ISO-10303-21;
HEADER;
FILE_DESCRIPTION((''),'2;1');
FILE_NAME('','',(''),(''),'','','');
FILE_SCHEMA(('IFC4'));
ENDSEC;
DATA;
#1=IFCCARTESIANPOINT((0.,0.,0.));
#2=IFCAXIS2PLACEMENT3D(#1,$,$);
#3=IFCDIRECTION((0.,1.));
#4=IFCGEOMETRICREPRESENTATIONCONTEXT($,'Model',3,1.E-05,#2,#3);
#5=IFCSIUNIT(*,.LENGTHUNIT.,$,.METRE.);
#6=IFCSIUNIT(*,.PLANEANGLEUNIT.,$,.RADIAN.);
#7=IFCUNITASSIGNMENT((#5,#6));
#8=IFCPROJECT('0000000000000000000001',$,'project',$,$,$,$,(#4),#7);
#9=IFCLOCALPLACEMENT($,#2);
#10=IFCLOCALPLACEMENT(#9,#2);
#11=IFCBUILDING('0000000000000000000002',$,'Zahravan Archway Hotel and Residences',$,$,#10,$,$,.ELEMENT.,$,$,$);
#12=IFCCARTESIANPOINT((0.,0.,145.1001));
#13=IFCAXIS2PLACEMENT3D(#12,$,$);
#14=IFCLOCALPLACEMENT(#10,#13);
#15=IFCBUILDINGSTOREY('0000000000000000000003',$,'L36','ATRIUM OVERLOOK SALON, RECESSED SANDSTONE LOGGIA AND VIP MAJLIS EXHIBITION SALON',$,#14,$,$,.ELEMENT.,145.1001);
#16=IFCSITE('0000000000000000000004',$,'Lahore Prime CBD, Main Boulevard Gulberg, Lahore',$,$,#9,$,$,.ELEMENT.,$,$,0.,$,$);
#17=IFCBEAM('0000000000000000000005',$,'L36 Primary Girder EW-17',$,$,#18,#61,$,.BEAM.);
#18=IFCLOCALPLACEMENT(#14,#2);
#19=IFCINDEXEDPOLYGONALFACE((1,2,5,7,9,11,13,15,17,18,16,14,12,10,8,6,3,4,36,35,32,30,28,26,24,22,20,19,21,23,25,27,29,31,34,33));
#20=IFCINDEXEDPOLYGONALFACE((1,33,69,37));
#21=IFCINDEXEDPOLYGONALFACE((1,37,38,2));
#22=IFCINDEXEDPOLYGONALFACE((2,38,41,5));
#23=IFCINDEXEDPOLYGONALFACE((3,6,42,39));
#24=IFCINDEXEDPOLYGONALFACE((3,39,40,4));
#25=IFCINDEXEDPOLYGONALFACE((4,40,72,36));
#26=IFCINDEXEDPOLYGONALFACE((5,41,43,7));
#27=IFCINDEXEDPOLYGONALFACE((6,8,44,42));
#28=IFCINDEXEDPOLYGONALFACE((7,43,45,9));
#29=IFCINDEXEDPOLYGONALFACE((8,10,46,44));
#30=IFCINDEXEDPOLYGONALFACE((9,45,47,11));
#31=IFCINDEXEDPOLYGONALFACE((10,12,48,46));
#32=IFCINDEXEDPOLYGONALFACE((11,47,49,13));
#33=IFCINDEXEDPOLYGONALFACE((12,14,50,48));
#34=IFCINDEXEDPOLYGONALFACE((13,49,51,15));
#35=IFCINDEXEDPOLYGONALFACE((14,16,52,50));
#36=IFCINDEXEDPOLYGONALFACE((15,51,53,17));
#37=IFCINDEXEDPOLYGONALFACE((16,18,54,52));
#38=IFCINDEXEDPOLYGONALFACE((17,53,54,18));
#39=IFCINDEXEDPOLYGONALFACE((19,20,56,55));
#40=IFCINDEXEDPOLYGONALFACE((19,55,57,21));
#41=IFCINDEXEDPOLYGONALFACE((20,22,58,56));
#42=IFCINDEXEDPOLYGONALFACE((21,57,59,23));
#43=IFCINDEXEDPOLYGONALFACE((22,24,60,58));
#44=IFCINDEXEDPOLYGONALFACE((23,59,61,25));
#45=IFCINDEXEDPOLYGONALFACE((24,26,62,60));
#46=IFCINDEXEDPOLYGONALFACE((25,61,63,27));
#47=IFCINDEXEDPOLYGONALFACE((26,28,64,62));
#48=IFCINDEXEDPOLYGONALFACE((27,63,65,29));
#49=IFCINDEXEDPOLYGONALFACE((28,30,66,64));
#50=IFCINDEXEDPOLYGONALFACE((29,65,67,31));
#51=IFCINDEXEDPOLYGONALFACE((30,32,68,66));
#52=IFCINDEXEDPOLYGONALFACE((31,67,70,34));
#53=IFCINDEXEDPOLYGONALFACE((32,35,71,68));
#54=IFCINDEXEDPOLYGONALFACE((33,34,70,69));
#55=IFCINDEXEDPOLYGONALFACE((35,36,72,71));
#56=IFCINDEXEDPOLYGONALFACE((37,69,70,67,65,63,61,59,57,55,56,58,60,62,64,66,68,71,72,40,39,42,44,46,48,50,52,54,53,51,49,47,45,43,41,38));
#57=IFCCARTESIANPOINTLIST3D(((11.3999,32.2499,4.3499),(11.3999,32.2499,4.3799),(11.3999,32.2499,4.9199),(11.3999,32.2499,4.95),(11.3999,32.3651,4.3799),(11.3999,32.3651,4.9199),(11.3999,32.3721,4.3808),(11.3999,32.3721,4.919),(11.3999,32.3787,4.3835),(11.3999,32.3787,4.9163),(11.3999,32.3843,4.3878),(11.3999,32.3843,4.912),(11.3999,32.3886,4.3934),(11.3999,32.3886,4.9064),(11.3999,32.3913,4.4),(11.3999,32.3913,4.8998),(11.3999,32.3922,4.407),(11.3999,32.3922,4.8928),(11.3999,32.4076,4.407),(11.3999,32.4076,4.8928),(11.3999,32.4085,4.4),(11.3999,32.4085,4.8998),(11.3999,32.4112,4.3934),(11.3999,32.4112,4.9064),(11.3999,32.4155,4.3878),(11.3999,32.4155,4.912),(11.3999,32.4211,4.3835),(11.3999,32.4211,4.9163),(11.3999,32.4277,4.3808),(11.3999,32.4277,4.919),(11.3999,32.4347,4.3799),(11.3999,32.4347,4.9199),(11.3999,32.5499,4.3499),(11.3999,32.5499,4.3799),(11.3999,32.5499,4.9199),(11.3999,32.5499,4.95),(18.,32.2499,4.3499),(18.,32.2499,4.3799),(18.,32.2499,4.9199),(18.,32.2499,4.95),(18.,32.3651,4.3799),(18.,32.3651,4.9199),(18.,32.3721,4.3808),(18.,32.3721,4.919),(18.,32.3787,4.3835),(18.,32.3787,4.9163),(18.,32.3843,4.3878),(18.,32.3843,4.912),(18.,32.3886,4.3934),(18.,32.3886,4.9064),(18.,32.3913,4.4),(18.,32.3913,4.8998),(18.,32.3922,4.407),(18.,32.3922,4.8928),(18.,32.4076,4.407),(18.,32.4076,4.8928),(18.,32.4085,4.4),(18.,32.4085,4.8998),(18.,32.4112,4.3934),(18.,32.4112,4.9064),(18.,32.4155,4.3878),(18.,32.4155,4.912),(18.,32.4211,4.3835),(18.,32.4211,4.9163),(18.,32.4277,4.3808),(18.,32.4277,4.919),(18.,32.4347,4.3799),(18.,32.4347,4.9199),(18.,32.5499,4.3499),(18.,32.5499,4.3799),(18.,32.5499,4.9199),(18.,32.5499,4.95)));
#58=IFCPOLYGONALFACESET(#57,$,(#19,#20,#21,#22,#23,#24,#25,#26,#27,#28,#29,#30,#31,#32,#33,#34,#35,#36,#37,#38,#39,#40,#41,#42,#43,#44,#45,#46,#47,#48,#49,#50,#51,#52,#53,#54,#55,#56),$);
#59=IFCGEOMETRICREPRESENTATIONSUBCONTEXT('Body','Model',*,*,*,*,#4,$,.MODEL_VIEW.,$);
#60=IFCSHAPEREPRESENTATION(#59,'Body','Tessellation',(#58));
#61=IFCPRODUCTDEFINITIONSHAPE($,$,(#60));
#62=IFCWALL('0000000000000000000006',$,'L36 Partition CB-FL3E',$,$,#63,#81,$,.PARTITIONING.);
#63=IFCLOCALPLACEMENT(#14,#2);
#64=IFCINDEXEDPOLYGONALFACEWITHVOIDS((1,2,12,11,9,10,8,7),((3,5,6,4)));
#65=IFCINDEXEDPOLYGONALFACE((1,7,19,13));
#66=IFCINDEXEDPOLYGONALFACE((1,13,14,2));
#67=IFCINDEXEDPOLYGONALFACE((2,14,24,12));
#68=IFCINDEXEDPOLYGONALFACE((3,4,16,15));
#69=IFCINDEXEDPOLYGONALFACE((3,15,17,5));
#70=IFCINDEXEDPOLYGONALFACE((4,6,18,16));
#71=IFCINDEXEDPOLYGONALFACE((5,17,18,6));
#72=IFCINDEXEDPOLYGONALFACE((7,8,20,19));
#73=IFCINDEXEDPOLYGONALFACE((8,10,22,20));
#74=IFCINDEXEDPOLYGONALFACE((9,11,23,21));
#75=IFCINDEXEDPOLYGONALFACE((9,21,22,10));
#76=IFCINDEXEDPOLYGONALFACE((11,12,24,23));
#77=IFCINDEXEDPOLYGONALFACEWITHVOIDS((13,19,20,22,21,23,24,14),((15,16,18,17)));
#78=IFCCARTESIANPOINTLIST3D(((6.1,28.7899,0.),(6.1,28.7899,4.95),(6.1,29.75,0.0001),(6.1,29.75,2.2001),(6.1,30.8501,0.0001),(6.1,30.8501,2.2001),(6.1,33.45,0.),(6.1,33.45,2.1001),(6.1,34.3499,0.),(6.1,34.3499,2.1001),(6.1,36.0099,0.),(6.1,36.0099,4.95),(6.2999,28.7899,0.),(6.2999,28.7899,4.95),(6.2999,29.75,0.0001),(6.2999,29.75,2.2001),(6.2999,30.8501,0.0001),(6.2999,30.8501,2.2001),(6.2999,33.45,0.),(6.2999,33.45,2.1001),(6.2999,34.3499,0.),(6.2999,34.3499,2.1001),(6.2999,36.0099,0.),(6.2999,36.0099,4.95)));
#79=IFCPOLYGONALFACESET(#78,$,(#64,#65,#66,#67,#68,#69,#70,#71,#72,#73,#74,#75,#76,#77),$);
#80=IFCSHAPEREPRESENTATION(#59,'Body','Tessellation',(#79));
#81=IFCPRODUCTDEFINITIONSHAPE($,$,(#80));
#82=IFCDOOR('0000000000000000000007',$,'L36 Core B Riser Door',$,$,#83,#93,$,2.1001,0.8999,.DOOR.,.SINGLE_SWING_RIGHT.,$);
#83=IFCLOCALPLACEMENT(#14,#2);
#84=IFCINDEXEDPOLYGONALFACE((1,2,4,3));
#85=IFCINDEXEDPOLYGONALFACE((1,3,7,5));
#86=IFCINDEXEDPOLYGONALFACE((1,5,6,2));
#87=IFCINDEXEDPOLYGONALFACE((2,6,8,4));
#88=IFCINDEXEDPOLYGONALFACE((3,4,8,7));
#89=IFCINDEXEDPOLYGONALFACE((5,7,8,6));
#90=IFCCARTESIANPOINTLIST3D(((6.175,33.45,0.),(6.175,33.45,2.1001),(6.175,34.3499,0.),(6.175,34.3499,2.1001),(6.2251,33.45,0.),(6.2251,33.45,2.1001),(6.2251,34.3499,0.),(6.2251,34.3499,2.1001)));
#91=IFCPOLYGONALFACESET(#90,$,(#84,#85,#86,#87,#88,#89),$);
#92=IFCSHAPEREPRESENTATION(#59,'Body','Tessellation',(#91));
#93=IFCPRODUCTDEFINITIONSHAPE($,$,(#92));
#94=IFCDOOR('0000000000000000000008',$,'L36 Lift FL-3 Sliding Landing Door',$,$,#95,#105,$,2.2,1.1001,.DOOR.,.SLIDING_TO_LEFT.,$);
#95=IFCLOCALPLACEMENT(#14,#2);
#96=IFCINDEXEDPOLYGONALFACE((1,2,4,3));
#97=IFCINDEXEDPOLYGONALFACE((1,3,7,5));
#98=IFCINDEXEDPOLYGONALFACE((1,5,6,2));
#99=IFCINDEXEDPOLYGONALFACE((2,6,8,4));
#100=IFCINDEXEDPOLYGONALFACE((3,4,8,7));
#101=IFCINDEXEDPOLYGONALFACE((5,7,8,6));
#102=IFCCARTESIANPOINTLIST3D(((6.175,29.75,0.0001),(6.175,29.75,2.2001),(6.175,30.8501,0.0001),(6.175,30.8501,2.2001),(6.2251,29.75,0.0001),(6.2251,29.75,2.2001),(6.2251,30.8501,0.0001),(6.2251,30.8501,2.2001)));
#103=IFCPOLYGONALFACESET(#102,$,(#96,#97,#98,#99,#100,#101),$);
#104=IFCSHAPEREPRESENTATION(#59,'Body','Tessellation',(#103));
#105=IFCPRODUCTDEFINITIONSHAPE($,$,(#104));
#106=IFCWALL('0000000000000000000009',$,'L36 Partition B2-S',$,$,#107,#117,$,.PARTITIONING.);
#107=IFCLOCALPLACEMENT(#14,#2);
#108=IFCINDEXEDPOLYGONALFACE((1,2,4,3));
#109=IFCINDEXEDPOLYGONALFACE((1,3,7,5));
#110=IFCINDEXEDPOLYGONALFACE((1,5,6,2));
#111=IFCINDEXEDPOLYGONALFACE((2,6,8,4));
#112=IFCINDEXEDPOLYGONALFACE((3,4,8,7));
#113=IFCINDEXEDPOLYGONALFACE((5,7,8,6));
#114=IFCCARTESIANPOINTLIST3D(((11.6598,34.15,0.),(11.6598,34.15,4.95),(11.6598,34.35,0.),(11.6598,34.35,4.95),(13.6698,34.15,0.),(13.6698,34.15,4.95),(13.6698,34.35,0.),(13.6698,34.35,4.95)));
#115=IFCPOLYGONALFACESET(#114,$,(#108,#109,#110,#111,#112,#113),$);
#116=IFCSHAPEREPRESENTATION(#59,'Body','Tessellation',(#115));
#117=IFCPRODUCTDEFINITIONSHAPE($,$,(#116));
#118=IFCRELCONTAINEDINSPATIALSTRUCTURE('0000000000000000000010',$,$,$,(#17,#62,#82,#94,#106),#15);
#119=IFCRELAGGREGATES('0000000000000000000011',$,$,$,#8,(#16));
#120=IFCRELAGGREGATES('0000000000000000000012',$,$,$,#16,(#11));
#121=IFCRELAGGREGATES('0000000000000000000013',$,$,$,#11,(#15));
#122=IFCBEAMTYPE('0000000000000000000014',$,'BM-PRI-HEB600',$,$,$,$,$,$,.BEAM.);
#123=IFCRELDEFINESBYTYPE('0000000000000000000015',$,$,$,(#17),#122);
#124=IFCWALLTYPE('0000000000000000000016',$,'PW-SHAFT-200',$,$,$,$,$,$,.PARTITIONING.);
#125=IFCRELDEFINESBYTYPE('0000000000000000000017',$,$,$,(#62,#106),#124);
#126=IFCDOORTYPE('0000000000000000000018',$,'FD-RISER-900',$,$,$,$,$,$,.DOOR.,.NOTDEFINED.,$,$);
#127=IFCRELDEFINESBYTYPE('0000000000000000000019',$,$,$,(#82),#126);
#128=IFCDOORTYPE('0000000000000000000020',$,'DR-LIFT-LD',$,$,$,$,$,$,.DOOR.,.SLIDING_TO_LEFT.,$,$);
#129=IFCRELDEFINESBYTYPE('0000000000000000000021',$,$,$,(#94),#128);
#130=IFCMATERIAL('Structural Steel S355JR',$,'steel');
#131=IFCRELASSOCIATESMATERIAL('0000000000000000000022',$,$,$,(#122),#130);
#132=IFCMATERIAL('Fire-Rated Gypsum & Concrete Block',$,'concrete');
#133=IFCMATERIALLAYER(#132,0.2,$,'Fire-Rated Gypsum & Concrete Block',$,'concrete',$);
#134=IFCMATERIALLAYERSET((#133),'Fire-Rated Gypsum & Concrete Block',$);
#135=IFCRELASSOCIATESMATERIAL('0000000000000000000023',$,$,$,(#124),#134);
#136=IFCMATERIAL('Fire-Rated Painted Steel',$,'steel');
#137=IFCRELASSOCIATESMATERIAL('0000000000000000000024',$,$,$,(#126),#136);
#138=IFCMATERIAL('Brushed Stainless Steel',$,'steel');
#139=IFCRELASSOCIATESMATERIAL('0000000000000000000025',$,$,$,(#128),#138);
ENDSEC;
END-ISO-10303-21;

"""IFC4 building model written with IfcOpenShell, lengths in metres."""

from ifc_helpers import new_model, si_unit, direction, frame, frame_2d, origin, origin_2d, place, context, subcontext, project, spatial, rectangle, i_section, extrude, source, transform, mapped, material, layer, layer_set, material_profile, profile_set, type_object, type_shapes, element, fill, save


model = new_model("IFC4")

# Units and contexts
model_context = context("Model", 3, precision=1e-05, world=origin(), true_north=direction((0.0, 1.0)))
body_context = subcontext(model_context, "Body", "Model", "MODEL_VIEW")
ifc_project = project(units=[si_unit("LENGTHUNIT", "METRE"), si_unit("PLANEANGLEUNIT", "RADIAN")], contexts=[model_context])

# Site, building, storey
site_placement = place(None, origin())
site = spatial("IfcSite", under=ifc_project, at=site_placement, Name="Lahore Prime CBD, Main Boulevard Gulberg, Lahore", CompositionType="ELEMENT", RefElevation=0.0)
building_placement = place(site_placement, origin())
building = spatial("IfcBuilding", under=site, at=building_placement, Name="Zahravan Archway Hotel and Residences", CompositionType="ELEMENT")
storey_placement = place(building_placement, frame((0.0, 0.0, 145.1001)))
storey = spatial("IfcBuildingStorey", under=building, at=storey_placement, Name="L36", Description="ATRIUM OVERLOOK SALON, RECESSED SANDSTONE LOGGIA AND VIP MAJLIS EXHIBITION SALON", CompositionType="ELEMENT", Elevation=145.1001)

# Beam
ifc_material_1 = material(Name="Structural Steel S355JR", Category="steel")
ifc_material_profile = material_profile(ifc_material_1, i_section(OverallWidth=0.3, OverallDepth=0.6001, WebThickness=0.0154, FlangeThickness=0.03, FilletRadius=0.0271, at=origin_2d()), Name="HEB 600", Category="steel")
ifc_profile_set = profile_set([ifc_material_profile], Name="Structural Steel S355JR")
beam_type = type_object("IfcBeamType", Name="BM-PRI-HEB600", PredefinedType="BEAM", material=ifc_profile_set)
shared_shape_1 = source(origin(), body_context, "Body", "SweptSolid", [
    extrude(i_section(OverallWidth=0.3, OverallDepth=0.6001, WebThickness=0.0154, FlangeThickness=0.03, FilletRadius=0.0271, at=origin_2d()), origin(), (0.0, 0.0, 1.0), 6.6001),
])
beam_placement = place(storey_placement, frame((11.3999, 32.3999, 4.6499), z_axis=(1.0, 0.0, 0.0), x_axis=(0.0, 1.0, 0.0)))
element("IfcBeam", 1, at=beam_placement, inside=storey, type_object=beam_type, Name="L36 Primary Girder EW-17", PredefinedType="BEAM", context=body_context, shape_type="MappedRepresentation", body=[
    mapped(shared_shape_1, transform((0.0, 0.0, 0.0), scale=1.0)),
])

# Wall, openings, doors
ifc_material_2 = material(Name="Fire-Rated Gypsum & Concrete Block", Category="concrete")
ifc_layer_1 = layer(ifc_material_2, 0.2, Name="Fire-Rated Gypsum & Concrete Block", Category="concrete")
ifc_layer_set_1 = layer_set([ifc_layer_1], Name="Fire-Rated Gypsum & Concrete Block")
wall_type_1 = type_object("IfcWallType", Name="PW-SHAFT-200", PredefinedType="PARTITIONING", material=ifc_layer_set_1)
wall_1_placement = place(storey_placement, frame((6.2, 28.79, 0.0), z_axis=(0.0, 0.0, 1.0), x_axis=(0.0, 1.0, 0.0)))
wall_1 = element("IfcWall", 2, at=wall_1_placement, inside=storey, type_object=wall_type_1, Name="L36 Partition CB-FL3E", PredefinedType="PARTITIONING", context=body_context, shape_type="SweptSolid", body=[
    extrude(rectangle(XDim=7.22, YDim=0.2, at=frame_2d((3.6099, 0.0))), origin(), (0.0, 0.0, 1.0), 4.95),
])
opening_1_placement = place(wall_1_placement, frame((4.6599, 0.0, 0.0)))
opening_1 = element("IfcOpeningElement", 3, at=opening_1_placement, cuts=wall_1, PredefinedType="OPENING", context=body_context, shape_type="SweptSolid", body=[
    extrude(rectangle(XDim=0.8999, YDim=2.1001, at=frame_2d((0.45, 1.05))), frame((0.0, 0.1099, 0.0), z_axis=(0.0, -1.0, 0.0), x_axis=(1.0, 0.0, 0.0)), (0.0, 0.0, 1.0), 0.22),
])
opening_2_placement = place(wall_1_placement, frame((0.96, 0.0, 0.0)))
opening_2 = element("IfcOpeningElement", 4, at=opening_2_placement, cuts=wall_1, PredefinedType="OPENING", context=body_context, shape_type="SweptSolid", body=[
    extrude(rectangle(XDim=1.1001, YDim=2.2, at=frame_2d((0.55, 1.1001))), frame((0.0, 0.1099, 0.0), z_axis=(0.0, -1.0, 0.0), x_axis=(1.0, 0.0, 0.0)), (0.0, 0.0, 1.0), 0.22),
])
ifc_material_3 = material(Name="Fire-Rated Painted Steel", Category="steel")
door_type_1 = type_object("IfcDoorType", Name="FD-RISER-900", OperationType="NOTDEFINED", PredefinedType="DOOR", material=ifc_material_3)
shared_shape_2 = source(origin(), body_context, "Body", "SweptSolid", [
    extrude(rectangle(XDim=0.8999, YDim=2.1001, at=frame_2d((0.45, 1.05))), frame((0.0, 0.0249, 0.0), z_axis=(0.0, -1.0, 0.0), x_axis=(1.0, 0.0, 0.0)), (0.0, 0.0, 1.0), 0.05),
])
type_shapes(door_type_1, [shared_shape_2])
door_1_placement = place(opening_1_placement, origin())
door_1 = element("IfcDoor", 5, at=door_1_placement, inside=storey, type_object=door_type_1, Name="L36 Core B Riser Door", OperationType="SINGLE_SWING_RIGHT", OverallHeight=2.1001, OverallWidth=0.8999, PredefinedType="DOOR", context=body_context, shape_type="MappedRepresentation", body=[
    mapped(shared_shape_2, transform((0.0, 0.0, 0.0), scale=1.0)),
])
fill(opening_1, door_1)
ifc_material_4 = material(Name="Brushed Stainless Steel", Category="steel")
door_type_2 = type_object("IfcDoorType", Name="DR-LIFT-LD", OperationType="SLIDING_TO_LEFT", PredefinedType="DOOR", material=ifc_material_4)
shared_shape_3 = source(origin(), body_context, "Body", "SweptSolid", [
    extrude(rectangle(XDim=1.1001, YDim=2.2, at=frame_2d((0.55, 1.1001))), frame((0.0, 0.0249, 0.0), z_axis=(0.0, -1.0, 0.0), x_axis=(1.0, 0.0, 0.0)), (0.0, 0.0, 1.0), 0.05),
])
type_shapes(door_type_2, [shared_shape_3])
door_2_placement = place(opening_2_placement, origin())
door_2 = element("IfcDoor", 6, at=door_2_placement, inside=storey, type_object=door_type_2, Name="L36 Lift FL-3 Sliding Landing Door", OperationType="SLIDING_TO_LEFT", OverallHeight=2.2, OverallWidth=1.1001, PredefinedType="DOOR", context=body_context, shape_type="MappedRepresentation", body=[
    mapped(shared_shape_3, transform((0.0, 0.0, 0.0), scale=1.0)),
])
fill(opening_2, door_2)

# Wall
wall_2_placement = place(storey_placement, frame((11.6599, 34.25, 0.0), z_axis=(0.0, 0.0, 1.0), x_axis=(1.0, 0.0, 0.0)))
element("IfcWall", 7, at=wall_2_placement, inside=storey, type_object=wall_type_1, Name="L36 Partition B2-S", PredefinedType="PARTITIONING", context=body_context, shape_type="SweptSolid", body=[
    extrude(rectangle(XDim=2.01, YDim=0.2, at=frame_2d((1.0049, 0.0))), origin(), (0.0, 0.0, 1.0), 4.95),
])

save(model, "model.ifc")
